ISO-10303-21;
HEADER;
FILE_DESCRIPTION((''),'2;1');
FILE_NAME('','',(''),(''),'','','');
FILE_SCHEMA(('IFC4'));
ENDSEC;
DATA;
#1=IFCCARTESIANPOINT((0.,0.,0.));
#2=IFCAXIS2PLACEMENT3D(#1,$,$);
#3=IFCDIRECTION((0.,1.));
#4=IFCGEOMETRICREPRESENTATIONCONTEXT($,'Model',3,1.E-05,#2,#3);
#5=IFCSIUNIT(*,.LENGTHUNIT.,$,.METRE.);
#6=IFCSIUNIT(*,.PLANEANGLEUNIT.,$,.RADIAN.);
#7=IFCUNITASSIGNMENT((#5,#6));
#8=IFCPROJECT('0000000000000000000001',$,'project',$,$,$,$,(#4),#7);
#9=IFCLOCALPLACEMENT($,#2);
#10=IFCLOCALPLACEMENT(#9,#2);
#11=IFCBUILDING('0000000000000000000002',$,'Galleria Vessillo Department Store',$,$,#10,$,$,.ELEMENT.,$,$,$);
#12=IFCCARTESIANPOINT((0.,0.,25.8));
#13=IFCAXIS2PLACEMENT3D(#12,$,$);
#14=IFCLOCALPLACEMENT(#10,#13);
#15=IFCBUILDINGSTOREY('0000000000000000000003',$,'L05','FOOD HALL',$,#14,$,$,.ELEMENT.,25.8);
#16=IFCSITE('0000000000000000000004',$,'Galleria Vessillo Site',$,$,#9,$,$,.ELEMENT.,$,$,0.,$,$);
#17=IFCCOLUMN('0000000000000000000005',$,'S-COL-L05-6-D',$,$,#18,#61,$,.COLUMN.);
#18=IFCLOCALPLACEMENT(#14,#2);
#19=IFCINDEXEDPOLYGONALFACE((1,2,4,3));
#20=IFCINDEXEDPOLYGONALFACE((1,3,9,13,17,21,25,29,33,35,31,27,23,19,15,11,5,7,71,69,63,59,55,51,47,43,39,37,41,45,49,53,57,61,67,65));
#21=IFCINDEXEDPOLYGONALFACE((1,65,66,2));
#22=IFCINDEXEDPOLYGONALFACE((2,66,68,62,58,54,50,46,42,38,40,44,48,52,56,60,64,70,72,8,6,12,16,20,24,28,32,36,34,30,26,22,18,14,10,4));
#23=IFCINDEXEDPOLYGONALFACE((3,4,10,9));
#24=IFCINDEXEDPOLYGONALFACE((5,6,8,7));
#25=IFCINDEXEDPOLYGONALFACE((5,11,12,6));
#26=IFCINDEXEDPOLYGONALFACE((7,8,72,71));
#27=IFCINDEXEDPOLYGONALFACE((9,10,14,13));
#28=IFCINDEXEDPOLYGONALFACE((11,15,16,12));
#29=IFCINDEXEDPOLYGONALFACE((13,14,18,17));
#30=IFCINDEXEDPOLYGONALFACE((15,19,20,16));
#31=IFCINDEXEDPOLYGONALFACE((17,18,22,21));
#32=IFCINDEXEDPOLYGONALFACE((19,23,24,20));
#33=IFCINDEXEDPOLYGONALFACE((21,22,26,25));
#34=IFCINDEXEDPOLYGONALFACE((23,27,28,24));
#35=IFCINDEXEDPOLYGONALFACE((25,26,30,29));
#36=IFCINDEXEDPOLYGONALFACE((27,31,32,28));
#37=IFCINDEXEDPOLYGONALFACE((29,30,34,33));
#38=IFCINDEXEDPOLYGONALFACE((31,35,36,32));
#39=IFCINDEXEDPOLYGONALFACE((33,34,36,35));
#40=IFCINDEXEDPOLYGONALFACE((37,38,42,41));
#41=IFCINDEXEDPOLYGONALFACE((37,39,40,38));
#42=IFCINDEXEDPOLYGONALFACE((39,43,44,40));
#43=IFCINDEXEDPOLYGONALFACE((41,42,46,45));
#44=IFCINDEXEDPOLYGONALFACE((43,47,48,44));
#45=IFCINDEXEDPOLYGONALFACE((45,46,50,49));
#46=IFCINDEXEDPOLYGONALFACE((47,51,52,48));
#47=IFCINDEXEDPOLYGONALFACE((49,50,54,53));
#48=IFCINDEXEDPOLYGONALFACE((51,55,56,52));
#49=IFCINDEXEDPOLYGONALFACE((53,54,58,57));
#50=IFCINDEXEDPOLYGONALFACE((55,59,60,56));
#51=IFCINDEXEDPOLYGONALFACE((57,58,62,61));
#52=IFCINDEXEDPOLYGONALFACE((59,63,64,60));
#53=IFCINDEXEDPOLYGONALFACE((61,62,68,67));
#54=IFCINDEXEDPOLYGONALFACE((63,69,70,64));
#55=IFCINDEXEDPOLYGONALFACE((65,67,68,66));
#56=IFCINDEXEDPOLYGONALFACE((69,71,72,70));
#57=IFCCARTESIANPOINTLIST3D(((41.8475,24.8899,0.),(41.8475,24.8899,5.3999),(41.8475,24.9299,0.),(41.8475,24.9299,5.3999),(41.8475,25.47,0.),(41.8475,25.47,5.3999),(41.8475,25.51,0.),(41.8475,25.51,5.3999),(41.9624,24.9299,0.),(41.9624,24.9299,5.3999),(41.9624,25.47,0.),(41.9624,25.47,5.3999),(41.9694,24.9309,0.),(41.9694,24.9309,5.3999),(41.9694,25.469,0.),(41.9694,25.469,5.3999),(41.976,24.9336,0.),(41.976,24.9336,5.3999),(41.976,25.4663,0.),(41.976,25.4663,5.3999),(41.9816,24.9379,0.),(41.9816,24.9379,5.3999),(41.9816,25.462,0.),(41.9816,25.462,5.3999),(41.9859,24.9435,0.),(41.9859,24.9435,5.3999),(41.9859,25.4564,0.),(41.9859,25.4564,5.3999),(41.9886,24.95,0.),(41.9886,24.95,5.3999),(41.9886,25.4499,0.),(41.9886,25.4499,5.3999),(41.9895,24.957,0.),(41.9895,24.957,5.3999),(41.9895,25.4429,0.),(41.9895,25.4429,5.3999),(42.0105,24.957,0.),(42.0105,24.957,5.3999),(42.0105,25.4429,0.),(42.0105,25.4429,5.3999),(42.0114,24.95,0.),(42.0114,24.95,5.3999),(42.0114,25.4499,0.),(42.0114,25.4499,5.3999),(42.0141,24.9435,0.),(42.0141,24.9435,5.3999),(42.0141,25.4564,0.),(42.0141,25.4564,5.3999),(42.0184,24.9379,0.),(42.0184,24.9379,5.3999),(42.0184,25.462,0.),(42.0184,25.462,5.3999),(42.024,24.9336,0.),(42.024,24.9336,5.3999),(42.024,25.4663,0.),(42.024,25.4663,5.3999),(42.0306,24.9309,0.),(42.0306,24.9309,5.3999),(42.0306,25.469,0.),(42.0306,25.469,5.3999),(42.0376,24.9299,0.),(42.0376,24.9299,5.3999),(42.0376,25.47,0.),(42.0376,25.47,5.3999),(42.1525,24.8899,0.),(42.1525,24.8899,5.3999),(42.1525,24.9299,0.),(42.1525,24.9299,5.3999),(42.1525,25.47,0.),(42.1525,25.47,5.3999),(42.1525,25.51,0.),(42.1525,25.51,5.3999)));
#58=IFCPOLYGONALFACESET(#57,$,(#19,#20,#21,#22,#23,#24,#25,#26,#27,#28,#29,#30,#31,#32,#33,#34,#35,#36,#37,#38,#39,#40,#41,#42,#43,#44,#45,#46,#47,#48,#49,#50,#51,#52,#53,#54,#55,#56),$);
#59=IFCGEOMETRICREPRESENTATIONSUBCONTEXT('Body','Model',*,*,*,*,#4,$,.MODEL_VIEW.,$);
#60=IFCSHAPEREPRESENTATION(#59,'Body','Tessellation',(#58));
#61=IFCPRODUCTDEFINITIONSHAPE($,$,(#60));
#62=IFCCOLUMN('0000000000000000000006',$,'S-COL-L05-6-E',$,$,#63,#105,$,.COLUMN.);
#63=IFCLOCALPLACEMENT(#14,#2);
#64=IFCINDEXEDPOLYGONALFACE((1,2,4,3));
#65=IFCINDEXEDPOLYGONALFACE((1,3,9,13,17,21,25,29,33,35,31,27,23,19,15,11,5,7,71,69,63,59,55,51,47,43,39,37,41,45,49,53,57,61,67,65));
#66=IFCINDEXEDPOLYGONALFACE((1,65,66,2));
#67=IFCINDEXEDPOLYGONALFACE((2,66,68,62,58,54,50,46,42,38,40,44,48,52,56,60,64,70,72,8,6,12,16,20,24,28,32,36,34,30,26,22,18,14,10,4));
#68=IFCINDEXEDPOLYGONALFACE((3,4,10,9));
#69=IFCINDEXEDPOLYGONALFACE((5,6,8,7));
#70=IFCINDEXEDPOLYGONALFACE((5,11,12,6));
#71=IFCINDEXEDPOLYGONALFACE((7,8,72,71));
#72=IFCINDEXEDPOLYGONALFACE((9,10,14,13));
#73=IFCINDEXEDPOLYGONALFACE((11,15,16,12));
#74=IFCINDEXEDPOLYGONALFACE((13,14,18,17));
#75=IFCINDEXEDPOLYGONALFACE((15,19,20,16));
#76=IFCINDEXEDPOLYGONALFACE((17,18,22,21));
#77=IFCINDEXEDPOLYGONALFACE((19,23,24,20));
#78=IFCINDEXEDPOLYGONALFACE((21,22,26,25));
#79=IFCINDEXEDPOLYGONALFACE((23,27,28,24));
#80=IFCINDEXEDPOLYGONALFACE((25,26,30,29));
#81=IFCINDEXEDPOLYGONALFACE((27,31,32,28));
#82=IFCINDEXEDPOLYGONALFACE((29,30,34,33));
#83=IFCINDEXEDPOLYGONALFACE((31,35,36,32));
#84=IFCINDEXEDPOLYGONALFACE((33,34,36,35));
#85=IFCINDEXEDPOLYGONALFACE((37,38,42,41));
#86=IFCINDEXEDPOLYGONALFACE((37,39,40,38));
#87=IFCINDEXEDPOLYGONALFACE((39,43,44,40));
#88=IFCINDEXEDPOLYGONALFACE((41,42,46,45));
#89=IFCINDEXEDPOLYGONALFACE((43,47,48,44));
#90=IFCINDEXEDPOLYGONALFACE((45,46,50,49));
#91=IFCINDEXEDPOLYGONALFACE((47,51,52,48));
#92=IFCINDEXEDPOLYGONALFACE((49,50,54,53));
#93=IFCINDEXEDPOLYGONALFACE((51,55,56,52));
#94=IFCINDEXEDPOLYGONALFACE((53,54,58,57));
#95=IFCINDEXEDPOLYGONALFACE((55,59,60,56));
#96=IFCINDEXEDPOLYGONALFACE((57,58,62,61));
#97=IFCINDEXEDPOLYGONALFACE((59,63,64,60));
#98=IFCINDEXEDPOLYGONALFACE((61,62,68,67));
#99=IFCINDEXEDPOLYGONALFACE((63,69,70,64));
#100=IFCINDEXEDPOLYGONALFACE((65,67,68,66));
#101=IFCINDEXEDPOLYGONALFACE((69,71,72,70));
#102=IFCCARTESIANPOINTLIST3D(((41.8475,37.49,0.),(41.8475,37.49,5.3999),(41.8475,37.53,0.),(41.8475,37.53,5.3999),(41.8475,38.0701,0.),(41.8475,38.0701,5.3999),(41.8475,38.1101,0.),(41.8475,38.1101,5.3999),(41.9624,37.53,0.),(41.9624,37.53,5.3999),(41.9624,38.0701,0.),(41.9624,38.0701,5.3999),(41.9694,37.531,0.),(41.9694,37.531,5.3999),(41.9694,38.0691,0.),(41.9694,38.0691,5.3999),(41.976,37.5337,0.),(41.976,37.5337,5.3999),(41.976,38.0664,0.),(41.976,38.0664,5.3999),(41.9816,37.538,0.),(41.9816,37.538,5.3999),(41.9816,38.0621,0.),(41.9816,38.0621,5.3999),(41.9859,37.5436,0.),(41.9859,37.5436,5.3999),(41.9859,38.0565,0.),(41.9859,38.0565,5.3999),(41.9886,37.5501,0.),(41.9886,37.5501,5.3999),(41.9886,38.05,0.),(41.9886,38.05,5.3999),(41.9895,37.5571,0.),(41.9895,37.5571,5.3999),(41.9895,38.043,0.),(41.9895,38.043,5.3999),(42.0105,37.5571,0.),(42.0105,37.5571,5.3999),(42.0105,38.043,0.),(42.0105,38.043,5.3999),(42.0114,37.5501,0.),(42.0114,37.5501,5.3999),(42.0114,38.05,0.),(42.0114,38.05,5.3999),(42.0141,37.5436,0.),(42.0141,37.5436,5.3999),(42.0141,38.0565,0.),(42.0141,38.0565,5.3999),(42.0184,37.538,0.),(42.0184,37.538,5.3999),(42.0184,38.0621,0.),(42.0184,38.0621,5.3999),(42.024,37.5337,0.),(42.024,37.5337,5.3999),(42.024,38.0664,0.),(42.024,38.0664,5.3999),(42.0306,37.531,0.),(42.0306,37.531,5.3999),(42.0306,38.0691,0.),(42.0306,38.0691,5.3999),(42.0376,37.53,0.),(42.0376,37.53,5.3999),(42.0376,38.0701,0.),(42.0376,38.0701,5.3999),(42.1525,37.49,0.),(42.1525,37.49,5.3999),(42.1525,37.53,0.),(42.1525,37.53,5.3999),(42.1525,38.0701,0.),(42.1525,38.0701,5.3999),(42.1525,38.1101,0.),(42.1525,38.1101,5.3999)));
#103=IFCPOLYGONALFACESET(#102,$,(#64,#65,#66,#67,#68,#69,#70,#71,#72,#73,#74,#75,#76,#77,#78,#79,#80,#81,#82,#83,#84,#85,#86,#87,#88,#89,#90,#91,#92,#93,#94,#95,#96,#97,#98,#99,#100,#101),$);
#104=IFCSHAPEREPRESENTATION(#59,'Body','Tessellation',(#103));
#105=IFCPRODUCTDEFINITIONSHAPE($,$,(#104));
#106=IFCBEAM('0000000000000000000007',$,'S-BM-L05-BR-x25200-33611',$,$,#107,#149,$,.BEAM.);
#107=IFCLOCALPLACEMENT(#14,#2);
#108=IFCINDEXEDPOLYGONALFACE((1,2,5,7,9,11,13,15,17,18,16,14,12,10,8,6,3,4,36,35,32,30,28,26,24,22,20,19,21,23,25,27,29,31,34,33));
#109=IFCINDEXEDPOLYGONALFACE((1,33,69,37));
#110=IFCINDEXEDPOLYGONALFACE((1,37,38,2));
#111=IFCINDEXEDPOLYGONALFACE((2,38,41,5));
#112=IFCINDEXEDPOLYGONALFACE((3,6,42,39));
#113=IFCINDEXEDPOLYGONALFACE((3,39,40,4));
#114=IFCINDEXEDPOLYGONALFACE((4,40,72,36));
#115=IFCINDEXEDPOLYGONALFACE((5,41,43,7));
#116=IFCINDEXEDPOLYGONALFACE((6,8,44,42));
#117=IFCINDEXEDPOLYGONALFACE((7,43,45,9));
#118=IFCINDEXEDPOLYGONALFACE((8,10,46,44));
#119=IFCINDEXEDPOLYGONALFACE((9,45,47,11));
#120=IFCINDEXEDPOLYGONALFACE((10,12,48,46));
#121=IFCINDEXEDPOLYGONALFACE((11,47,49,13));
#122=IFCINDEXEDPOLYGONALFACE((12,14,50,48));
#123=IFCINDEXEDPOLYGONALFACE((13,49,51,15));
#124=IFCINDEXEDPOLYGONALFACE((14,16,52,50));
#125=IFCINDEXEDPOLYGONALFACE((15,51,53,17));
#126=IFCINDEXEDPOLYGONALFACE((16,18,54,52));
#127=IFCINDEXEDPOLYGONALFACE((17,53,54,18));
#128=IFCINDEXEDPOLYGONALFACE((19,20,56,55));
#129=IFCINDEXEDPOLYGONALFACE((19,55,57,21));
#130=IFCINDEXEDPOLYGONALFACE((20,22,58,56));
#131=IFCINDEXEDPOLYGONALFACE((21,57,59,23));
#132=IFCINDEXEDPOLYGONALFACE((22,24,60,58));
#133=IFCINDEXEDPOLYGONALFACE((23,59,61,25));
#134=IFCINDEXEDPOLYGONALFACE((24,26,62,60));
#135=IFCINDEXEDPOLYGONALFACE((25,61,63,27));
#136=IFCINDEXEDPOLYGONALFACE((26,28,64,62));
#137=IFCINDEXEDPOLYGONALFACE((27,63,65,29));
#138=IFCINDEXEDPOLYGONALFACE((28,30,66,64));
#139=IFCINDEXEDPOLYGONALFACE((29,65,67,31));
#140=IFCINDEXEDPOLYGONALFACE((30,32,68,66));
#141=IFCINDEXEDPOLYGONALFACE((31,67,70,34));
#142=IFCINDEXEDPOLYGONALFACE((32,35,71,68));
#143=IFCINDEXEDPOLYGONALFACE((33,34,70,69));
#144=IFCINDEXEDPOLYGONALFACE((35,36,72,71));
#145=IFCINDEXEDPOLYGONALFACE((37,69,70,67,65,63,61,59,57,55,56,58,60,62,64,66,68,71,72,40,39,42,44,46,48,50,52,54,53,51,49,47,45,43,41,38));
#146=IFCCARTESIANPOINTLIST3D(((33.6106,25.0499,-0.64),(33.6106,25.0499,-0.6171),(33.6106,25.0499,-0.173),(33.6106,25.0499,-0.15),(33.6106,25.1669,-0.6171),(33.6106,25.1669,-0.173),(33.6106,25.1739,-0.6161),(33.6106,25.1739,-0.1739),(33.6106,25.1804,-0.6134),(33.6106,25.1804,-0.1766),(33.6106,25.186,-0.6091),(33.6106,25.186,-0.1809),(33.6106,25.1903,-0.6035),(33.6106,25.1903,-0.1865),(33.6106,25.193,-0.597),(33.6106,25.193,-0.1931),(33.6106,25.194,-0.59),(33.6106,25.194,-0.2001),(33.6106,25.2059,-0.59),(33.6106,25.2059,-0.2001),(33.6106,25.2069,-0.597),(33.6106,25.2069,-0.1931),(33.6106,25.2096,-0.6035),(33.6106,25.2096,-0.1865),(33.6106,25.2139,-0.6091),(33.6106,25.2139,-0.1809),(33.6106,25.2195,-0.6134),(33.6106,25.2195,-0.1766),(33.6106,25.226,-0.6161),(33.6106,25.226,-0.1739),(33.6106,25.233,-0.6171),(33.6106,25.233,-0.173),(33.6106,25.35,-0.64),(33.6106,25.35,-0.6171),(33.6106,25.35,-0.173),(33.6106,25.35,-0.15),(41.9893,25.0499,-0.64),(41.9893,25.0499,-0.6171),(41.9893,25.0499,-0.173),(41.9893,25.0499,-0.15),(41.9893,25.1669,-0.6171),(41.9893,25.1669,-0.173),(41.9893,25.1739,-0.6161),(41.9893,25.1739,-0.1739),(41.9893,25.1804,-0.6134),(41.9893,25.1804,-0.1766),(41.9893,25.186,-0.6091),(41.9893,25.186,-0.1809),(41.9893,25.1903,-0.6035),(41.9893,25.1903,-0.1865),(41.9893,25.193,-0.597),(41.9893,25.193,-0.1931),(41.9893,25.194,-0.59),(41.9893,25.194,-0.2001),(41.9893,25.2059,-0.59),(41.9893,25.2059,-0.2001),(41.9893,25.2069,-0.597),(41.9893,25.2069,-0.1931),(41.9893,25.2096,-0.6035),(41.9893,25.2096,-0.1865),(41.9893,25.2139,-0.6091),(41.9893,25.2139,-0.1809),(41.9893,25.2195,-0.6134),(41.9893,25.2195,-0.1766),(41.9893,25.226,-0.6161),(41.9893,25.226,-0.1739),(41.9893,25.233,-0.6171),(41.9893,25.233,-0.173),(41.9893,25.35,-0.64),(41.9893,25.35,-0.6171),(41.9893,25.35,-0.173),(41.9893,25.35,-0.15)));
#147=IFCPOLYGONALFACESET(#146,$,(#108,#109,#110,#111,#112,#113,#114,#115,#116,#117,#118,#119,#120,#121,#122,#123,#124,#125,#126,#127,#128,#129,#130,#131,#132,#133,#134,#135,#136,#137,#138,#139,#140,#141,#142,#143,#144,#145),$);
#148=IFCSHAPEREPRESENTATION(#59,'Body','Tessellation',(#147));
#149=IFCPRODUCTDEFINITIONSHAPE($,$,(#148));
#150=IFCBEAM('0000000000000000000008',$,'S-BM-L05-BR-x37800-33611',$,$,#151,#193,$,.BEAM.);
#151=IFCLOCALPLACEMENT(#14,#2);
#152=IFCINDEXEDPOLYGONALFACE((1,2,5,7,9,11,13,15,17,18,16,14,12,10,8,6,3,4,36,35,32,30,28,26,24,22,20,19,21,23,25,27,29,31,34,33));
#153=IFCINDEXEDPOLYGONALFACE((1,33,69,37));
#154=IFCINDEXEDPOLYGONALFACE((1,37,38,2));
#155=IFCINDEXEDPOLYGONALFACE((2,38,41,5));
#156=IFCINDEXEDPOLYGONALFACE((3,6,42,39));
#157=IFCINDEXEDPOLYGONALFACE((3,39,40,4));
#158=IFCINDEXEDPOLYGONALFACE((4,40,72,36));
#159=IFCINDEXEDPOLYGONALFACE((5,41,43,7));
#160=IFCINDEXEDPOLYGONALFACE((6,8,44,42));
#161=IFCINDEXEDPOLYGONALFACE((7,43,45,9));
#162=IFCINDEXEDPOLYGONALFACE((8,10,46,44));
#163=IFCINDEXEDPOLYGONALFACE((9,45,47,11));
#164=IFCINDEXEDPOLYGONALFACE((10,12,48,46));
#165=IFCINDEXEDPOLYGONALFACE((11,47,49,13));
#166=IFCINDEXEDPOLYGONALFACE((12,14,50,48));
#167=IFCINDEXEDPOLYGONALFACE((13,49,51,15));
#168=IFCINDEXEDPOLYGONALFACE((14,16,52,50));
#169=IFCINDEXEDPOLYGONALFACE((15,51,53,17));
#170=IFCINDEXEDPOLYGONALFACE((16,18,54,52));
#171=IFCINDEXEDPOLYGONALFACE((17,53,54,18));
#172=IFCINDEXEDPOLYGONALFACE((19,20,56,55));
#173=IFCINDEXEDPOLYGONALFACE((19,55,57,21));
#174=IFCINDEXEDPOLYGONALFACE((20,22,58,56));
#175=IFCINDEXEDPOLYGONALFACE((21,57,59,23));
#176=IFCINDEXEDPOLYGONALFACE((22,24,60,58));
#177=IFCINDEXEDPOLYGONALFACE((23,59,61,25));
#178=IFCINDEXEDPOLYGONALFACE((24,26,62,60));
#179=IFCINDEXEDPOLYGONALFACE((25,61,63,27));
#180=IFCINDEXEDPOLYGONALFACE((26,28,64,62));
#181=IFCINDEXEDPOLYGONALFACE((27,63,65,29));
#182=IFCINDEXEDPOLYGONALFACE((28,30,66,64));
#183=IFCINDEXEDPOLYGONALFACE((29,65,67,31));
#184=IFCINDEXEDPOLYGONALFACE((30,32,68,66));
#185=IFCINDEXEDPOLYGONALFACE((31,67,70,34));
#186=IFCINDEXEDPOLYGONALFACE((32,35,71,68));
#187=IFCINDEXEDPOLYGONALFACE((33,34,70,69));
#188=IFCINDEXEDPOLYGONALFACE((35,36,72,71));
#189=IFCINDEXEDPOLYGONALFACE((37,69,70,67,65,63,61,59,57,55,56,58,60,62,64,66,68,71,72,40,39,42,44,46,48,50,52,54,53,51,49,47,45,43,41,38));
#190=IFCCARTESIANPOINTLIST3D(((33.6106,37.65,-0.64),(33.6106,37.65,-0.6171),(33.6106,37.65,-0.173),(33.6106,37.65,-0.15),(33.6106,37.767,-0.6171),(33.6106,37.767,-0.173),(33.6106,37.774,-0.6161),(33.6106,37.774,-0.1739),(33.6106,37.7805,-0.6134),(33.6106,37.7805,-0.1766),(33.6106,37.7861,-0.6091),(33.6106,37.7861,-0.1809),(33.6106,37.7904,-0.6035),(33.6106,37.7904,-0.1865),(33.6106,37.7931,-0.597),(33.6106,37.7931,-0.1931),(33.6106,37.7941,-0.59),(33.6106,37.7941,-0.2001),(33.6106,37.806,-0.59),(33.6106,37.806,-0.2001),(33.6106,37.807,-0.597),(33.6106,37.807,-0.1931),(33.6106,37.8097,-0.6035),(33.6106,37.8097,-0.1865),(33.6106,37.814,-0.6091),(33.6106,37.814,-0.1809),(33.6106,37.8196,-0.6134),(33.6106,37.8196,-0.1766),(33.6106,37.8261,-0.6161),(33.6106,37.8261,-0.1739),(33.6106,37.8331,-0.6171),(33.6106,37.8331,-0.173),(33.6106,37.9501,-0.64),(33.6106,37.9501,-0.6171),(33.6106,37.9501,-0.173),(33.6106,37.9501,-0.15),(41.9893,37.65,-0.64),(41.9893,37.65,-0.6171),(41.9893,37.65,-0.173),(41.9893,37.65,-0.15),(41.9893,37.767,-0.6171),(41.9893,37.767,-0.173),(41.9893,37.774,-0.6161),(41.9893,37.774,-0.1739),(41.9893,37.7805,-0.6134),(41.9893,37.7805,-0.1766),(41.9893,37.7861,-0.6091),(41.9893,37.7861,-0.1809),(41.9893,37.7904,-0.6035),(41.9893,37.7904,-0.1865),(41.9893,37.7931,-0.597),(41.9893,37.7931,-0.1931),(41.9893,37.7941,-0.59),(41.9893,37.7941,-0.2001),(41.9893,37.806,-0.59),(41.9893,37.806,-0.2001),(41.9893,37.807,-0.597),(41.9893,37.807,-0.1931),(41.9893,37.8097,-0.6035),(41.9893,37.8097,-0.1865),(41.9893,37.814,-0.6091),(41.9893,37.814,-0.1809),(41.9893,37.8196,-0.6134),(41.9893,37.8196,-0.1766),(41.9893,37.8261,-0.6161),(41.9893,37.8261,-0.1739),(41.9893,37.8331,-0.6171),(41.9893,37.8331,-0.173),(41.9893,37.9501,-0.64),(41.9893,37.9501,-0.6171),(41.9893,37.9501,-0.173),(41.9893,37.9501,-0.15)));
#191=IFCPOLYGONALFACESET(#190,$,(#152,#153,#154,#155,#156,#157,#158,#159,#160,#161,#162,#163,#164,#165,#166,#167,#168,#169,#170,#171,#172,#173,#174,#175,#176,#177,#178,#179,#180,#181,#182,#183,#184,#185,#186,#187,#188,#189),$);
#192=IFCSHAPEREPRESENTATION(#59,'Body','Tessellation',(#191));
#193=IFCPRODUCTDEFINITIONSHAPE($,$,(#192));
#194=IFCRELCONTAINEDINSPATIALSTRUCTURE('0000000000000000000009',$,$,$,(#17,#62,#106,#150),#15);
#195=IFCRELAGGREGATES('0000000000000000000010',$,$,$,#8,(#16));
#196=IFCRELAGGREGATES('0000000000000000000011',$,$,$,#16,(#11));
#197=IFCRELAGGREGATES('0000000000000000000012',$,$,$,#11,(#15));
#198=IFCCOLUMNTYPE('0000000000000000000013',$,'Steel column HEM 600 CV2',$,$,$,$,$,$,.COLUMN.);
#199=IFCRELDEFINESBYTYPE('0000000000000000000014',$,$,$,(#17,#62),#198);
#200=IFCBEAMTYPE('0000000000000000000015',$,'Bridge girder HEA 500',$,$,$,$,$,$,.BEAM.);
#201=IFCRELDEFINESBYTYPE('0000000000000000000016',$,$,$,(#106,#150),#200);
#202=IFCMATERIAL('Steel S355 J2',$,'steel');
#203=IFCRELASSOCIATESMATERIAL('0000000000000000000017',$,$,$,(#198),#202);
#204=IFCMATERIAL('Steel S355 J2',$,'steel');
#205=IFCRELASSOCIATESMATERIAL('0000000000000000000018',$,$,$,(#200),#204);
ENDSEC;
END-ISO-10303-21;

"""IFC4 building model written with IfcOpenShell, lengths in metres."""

from ifc_helpers import new_model, si_unit, direction, frame, origin, origin_2d, place, context, subcontext, project, spatial, i_section, extrude, material, material_profile, profile_set, type_object, element, save


model = new_model("IFC4")

# Units and contexts
model_context = context("Model", 3, precision=1e-05, world=origin(), true_north=direction((0.0, 1.0)))
body_context = subcontext(model_context, "Body", "Model", "MODEL_VIEW")
ifc_project = project(units=[si_unit("LENGTHUNIT", "METRE"), si_unit("PLANEANGLEUNIT", "RADIAN")], contexts=[model_context])

# Site, building, storey
site_placement = place(None, origin())
site = spatial("IfcSite", under=ifc_project, at=site_placement, Name="Galleria Vessillo Site", CompositionType="ELEMENT", RefElevation=0.0)
building_placement = place(site_placement, origin())
building = spatial("IfcBuilding", under=site, at=building_placement, Name="Galleria Vessillo Department Store", CompositionType="ELEMENT")
storey_placement = place(building_placement, frame((0.0, 0.0, 25.8)))
storey = spatial("IfcBuildingStorey", under=building, at=storey_placement, Name="L05", Description="FOOD HALL", CompositionType="ELEMENT", Elevation=25.8)

# Columns
ifc_material_1 = material(Name="Steel S355 J2", Category="steel")
ifc_material_profile_1 = material_profile(ifc_material_1, i_section(OverallWidth=0.3049, OverallDepth=0.6201, WebThickness=0.021, FlangeThickness=0.04, FilletRadius=0.0271, at=origin_2d()), Name="HEM 600")
ifc_profile_set_1 = profile_set([ifc_material_profile_1], Name="Steel S355 J2")
column_type_1 = type_object("IfcColumnType", Name="Steel column HEM 600 CV2", PredefinedType="COLUMN", material=ifc_profile_set_1)
for number, where, z_axis, x_axis, name in (
    (1, (42.0, 25.2, 0.0), (0.0, 0.0, 1.0), (1.0, 0.0, 0.0), "S-COL-L05-6-D"),
    (2, (42.0, 37.8, 0.0), (0.0, 0.0, 1.0), (1.0, 0.0, 0.0), "S-COL-L05-6-E"),
):
    element("IfcColumn", number, at=place(storey_placement, frame(where, z_axis=z_axis, x_axis=x_axis)), inside=storey, type_object=column_type_1, Name=name, PredefinedType="COLUMN", context=body_context, shape_type="SweptSolid", body=[
        extrude(i_section(OverallWidth=0.3049, OverallDepth=0.6201, WebThickness=0.021, FlangeThickness=0.04, FilletRadius=0.0271, at=origin_2d()), origin(), (0.0, 0.0, 1.0), 5.3999),
    ])

# Beams
ifc_material_2 = material(Name="Steel S355 J2", Category="steel")
ifc_material_profile_2 = material_profile(ifc_material_2, i_section(OverallWidth=0.3, OverallDepth=0.49, WebThickness=0.012, FlangeThickness=0.0229, FilletRadius=0.0271, at=origin_2d()), Name="HEA 500")
ifc_profile_set_2 = profile_set([ifc_material_profile_2], Name="Steel S355 J2")
beam_type_1 = type_object("IfcBeamType", Name="Bridge girder HEA 500", PredefinedType="BEAM", material=ifc_profile_set_2)
for number, where, z_axis, x_axis, name in (
    (3, (33.6106, 25.2, -0.395), (1.0, 0.0, 0.0), (0.0, 1.0, 0.0), "S-BM-L05-BR-x25200-33611"),
    (4, (33.6106, 37.8, -0.395), (1.0, 0.0, 0.0), (0.0, 1.0, 0.0), "S-BM-L05-BR-x37800-33611"),
):
    element("IfcBeam", number, at=place(storey_placement, frame(where, z_axis=z_axis, x_axis=x_axis)), inside=storey, type_object=beam_type_1, Name=name, PredefinedType="BEAM", context=body_context, shape_type="SweptSolid", body=[
        extrude(i_section(OverallWidth=0.3, OverallDepth=0.49, WebThickness=0.012, FlangeThickness=0.0229, FilletRadius=0.0271, at=origin_2d()), origin(), (0.0, 0.0, 1.0), 8.3787),
    ])

save(model, "model.ifc")
